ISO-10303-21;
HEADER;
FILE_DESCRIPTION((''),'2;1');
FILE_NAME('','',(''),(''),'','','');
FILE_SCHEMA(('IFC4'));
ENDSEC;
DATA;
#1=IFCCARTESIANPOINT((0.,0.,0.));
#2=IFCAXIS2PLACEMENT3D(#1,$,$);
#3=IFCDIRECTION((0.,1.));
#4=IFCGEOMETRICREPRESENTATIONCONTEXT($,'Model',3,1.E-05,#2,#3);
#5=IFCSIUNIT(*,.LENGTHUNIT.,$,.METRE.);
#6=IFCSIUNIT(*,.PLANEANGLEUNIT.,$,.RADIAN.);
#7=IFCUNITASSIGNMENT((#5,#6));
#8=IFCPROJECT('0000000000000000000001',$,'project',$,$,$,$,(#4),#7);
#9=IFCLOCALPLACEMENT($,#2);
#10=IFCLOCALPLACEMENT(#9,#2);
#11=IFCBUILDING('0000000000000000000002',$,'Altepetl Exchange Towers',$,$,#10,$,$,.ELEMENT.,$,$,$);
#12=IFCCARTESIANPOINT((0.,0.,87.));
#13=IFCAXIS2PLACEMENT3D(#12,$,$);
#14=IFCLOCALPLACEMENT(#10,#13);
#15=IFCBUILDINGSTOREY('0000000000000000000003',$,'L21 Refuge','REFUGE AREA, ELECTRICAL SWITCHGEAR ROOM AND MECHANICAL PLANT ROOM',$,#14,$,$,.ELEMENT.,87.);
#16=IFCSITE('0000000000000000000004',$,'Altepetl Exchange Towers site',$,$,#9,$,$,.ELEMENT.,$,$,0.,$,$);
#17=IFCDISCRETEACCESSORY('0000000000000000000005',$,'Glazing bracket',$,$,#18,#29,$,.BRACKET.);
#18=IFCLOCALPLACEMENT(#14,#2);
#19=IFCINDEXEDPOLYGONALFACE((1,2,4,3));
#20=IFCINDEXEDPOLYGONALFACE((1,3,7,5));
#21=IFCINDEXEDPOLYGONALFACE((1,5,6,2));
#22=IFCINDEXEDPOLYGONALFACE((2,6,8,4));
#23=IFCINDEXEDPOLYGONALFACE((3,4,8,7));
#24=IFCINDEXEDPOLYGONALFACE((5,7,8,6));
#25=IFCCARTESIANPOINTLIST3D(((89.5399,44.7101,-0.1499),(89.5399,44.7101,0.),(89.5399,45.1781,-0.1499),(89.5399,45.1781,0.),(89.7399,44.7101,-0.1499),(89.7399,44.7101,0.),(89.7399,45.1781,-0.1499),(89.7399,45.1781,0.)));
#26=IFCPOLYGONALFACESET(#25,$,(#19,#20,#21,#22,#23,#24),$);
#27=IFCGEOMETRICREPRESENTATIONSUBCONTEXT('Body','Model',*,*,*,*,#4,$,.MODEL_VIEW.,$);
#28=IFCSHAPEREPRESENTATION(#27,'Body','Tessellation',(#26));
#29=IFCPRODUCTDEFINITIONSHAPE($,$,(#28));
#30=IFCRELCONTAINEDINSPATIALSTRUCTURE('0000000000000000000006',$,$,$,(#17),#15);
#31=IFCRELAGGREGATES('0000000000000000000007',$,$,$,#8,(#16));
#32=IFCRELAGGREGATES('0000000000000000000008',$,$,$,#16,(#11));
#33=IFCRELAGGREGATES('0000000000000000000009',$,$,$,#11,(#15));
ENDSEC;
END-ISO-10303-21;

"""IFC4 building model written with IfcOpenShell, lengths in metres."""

from ifc_helpers import new_model, si_unit, direction, frame, origin, origin_2d, place, context, subcontext, project, spatial, rectangle, extrude, element, save


model = new_model("IFC4")

# Units and contexts
model_context = context("Model", 3, precision=1e-05, world=origin(), true_north=direction((0.0, 1.0)))
body_context = subcontext(model_context, "Body", "Model", "MODEL_VIEW")
ifc_project = project(units=[si_unit("LENGTHUNIT", "METRE"), si_unit("PLANEANGLEUNIT", "RADIAN")], contexts=[model_context])

# Site, building, storey
site_placement = place(None, origin())
site = spatial("IfcSite", under=ifc_project, at=site_placement, Name="Altepetl Exchange Towers site", CompositionType="ELEMENT", RefElevation=0.0)
building_placement = place(site_placement, origin())
building = spatial("IfcBuilding", under=site, at=building_placement, Name="Altepetl Exchange Towers", CompositionType="ELEMENT")
storey_placement = place(building_placement, frame((0.0, 0.0, 87.0)))
storey = spatial("IfcBuildingStorey", under=building, at=storey_placement, Name="L21 Refuge", Description="REFUGE AREA, ELECTRICAL SWITCHGEAR ROOM AND MECHANICAL PLANT ROOM", CompositionType="ELEMENT", Elevation=87.0)

# Discrete accessory
for number, where, name in (
    (1, (89.6399, 44.9441, -0.1499), "Glazing bracket"),
):
    element("IfcDiscreteAccessory", number, at=place(storey_placement, frame(where)), inside=storey, Name=name, PredefinedType="BRACKET", context=body_context, shape_type="SweptSolid", body=[
        extrude(rectangle(XDim=0.2, YDim=0.468, at=origin_2d()), origin(), (0.0, 0.0, 1.0), 0.1499),
    ])

save(model, "model.ifc")
